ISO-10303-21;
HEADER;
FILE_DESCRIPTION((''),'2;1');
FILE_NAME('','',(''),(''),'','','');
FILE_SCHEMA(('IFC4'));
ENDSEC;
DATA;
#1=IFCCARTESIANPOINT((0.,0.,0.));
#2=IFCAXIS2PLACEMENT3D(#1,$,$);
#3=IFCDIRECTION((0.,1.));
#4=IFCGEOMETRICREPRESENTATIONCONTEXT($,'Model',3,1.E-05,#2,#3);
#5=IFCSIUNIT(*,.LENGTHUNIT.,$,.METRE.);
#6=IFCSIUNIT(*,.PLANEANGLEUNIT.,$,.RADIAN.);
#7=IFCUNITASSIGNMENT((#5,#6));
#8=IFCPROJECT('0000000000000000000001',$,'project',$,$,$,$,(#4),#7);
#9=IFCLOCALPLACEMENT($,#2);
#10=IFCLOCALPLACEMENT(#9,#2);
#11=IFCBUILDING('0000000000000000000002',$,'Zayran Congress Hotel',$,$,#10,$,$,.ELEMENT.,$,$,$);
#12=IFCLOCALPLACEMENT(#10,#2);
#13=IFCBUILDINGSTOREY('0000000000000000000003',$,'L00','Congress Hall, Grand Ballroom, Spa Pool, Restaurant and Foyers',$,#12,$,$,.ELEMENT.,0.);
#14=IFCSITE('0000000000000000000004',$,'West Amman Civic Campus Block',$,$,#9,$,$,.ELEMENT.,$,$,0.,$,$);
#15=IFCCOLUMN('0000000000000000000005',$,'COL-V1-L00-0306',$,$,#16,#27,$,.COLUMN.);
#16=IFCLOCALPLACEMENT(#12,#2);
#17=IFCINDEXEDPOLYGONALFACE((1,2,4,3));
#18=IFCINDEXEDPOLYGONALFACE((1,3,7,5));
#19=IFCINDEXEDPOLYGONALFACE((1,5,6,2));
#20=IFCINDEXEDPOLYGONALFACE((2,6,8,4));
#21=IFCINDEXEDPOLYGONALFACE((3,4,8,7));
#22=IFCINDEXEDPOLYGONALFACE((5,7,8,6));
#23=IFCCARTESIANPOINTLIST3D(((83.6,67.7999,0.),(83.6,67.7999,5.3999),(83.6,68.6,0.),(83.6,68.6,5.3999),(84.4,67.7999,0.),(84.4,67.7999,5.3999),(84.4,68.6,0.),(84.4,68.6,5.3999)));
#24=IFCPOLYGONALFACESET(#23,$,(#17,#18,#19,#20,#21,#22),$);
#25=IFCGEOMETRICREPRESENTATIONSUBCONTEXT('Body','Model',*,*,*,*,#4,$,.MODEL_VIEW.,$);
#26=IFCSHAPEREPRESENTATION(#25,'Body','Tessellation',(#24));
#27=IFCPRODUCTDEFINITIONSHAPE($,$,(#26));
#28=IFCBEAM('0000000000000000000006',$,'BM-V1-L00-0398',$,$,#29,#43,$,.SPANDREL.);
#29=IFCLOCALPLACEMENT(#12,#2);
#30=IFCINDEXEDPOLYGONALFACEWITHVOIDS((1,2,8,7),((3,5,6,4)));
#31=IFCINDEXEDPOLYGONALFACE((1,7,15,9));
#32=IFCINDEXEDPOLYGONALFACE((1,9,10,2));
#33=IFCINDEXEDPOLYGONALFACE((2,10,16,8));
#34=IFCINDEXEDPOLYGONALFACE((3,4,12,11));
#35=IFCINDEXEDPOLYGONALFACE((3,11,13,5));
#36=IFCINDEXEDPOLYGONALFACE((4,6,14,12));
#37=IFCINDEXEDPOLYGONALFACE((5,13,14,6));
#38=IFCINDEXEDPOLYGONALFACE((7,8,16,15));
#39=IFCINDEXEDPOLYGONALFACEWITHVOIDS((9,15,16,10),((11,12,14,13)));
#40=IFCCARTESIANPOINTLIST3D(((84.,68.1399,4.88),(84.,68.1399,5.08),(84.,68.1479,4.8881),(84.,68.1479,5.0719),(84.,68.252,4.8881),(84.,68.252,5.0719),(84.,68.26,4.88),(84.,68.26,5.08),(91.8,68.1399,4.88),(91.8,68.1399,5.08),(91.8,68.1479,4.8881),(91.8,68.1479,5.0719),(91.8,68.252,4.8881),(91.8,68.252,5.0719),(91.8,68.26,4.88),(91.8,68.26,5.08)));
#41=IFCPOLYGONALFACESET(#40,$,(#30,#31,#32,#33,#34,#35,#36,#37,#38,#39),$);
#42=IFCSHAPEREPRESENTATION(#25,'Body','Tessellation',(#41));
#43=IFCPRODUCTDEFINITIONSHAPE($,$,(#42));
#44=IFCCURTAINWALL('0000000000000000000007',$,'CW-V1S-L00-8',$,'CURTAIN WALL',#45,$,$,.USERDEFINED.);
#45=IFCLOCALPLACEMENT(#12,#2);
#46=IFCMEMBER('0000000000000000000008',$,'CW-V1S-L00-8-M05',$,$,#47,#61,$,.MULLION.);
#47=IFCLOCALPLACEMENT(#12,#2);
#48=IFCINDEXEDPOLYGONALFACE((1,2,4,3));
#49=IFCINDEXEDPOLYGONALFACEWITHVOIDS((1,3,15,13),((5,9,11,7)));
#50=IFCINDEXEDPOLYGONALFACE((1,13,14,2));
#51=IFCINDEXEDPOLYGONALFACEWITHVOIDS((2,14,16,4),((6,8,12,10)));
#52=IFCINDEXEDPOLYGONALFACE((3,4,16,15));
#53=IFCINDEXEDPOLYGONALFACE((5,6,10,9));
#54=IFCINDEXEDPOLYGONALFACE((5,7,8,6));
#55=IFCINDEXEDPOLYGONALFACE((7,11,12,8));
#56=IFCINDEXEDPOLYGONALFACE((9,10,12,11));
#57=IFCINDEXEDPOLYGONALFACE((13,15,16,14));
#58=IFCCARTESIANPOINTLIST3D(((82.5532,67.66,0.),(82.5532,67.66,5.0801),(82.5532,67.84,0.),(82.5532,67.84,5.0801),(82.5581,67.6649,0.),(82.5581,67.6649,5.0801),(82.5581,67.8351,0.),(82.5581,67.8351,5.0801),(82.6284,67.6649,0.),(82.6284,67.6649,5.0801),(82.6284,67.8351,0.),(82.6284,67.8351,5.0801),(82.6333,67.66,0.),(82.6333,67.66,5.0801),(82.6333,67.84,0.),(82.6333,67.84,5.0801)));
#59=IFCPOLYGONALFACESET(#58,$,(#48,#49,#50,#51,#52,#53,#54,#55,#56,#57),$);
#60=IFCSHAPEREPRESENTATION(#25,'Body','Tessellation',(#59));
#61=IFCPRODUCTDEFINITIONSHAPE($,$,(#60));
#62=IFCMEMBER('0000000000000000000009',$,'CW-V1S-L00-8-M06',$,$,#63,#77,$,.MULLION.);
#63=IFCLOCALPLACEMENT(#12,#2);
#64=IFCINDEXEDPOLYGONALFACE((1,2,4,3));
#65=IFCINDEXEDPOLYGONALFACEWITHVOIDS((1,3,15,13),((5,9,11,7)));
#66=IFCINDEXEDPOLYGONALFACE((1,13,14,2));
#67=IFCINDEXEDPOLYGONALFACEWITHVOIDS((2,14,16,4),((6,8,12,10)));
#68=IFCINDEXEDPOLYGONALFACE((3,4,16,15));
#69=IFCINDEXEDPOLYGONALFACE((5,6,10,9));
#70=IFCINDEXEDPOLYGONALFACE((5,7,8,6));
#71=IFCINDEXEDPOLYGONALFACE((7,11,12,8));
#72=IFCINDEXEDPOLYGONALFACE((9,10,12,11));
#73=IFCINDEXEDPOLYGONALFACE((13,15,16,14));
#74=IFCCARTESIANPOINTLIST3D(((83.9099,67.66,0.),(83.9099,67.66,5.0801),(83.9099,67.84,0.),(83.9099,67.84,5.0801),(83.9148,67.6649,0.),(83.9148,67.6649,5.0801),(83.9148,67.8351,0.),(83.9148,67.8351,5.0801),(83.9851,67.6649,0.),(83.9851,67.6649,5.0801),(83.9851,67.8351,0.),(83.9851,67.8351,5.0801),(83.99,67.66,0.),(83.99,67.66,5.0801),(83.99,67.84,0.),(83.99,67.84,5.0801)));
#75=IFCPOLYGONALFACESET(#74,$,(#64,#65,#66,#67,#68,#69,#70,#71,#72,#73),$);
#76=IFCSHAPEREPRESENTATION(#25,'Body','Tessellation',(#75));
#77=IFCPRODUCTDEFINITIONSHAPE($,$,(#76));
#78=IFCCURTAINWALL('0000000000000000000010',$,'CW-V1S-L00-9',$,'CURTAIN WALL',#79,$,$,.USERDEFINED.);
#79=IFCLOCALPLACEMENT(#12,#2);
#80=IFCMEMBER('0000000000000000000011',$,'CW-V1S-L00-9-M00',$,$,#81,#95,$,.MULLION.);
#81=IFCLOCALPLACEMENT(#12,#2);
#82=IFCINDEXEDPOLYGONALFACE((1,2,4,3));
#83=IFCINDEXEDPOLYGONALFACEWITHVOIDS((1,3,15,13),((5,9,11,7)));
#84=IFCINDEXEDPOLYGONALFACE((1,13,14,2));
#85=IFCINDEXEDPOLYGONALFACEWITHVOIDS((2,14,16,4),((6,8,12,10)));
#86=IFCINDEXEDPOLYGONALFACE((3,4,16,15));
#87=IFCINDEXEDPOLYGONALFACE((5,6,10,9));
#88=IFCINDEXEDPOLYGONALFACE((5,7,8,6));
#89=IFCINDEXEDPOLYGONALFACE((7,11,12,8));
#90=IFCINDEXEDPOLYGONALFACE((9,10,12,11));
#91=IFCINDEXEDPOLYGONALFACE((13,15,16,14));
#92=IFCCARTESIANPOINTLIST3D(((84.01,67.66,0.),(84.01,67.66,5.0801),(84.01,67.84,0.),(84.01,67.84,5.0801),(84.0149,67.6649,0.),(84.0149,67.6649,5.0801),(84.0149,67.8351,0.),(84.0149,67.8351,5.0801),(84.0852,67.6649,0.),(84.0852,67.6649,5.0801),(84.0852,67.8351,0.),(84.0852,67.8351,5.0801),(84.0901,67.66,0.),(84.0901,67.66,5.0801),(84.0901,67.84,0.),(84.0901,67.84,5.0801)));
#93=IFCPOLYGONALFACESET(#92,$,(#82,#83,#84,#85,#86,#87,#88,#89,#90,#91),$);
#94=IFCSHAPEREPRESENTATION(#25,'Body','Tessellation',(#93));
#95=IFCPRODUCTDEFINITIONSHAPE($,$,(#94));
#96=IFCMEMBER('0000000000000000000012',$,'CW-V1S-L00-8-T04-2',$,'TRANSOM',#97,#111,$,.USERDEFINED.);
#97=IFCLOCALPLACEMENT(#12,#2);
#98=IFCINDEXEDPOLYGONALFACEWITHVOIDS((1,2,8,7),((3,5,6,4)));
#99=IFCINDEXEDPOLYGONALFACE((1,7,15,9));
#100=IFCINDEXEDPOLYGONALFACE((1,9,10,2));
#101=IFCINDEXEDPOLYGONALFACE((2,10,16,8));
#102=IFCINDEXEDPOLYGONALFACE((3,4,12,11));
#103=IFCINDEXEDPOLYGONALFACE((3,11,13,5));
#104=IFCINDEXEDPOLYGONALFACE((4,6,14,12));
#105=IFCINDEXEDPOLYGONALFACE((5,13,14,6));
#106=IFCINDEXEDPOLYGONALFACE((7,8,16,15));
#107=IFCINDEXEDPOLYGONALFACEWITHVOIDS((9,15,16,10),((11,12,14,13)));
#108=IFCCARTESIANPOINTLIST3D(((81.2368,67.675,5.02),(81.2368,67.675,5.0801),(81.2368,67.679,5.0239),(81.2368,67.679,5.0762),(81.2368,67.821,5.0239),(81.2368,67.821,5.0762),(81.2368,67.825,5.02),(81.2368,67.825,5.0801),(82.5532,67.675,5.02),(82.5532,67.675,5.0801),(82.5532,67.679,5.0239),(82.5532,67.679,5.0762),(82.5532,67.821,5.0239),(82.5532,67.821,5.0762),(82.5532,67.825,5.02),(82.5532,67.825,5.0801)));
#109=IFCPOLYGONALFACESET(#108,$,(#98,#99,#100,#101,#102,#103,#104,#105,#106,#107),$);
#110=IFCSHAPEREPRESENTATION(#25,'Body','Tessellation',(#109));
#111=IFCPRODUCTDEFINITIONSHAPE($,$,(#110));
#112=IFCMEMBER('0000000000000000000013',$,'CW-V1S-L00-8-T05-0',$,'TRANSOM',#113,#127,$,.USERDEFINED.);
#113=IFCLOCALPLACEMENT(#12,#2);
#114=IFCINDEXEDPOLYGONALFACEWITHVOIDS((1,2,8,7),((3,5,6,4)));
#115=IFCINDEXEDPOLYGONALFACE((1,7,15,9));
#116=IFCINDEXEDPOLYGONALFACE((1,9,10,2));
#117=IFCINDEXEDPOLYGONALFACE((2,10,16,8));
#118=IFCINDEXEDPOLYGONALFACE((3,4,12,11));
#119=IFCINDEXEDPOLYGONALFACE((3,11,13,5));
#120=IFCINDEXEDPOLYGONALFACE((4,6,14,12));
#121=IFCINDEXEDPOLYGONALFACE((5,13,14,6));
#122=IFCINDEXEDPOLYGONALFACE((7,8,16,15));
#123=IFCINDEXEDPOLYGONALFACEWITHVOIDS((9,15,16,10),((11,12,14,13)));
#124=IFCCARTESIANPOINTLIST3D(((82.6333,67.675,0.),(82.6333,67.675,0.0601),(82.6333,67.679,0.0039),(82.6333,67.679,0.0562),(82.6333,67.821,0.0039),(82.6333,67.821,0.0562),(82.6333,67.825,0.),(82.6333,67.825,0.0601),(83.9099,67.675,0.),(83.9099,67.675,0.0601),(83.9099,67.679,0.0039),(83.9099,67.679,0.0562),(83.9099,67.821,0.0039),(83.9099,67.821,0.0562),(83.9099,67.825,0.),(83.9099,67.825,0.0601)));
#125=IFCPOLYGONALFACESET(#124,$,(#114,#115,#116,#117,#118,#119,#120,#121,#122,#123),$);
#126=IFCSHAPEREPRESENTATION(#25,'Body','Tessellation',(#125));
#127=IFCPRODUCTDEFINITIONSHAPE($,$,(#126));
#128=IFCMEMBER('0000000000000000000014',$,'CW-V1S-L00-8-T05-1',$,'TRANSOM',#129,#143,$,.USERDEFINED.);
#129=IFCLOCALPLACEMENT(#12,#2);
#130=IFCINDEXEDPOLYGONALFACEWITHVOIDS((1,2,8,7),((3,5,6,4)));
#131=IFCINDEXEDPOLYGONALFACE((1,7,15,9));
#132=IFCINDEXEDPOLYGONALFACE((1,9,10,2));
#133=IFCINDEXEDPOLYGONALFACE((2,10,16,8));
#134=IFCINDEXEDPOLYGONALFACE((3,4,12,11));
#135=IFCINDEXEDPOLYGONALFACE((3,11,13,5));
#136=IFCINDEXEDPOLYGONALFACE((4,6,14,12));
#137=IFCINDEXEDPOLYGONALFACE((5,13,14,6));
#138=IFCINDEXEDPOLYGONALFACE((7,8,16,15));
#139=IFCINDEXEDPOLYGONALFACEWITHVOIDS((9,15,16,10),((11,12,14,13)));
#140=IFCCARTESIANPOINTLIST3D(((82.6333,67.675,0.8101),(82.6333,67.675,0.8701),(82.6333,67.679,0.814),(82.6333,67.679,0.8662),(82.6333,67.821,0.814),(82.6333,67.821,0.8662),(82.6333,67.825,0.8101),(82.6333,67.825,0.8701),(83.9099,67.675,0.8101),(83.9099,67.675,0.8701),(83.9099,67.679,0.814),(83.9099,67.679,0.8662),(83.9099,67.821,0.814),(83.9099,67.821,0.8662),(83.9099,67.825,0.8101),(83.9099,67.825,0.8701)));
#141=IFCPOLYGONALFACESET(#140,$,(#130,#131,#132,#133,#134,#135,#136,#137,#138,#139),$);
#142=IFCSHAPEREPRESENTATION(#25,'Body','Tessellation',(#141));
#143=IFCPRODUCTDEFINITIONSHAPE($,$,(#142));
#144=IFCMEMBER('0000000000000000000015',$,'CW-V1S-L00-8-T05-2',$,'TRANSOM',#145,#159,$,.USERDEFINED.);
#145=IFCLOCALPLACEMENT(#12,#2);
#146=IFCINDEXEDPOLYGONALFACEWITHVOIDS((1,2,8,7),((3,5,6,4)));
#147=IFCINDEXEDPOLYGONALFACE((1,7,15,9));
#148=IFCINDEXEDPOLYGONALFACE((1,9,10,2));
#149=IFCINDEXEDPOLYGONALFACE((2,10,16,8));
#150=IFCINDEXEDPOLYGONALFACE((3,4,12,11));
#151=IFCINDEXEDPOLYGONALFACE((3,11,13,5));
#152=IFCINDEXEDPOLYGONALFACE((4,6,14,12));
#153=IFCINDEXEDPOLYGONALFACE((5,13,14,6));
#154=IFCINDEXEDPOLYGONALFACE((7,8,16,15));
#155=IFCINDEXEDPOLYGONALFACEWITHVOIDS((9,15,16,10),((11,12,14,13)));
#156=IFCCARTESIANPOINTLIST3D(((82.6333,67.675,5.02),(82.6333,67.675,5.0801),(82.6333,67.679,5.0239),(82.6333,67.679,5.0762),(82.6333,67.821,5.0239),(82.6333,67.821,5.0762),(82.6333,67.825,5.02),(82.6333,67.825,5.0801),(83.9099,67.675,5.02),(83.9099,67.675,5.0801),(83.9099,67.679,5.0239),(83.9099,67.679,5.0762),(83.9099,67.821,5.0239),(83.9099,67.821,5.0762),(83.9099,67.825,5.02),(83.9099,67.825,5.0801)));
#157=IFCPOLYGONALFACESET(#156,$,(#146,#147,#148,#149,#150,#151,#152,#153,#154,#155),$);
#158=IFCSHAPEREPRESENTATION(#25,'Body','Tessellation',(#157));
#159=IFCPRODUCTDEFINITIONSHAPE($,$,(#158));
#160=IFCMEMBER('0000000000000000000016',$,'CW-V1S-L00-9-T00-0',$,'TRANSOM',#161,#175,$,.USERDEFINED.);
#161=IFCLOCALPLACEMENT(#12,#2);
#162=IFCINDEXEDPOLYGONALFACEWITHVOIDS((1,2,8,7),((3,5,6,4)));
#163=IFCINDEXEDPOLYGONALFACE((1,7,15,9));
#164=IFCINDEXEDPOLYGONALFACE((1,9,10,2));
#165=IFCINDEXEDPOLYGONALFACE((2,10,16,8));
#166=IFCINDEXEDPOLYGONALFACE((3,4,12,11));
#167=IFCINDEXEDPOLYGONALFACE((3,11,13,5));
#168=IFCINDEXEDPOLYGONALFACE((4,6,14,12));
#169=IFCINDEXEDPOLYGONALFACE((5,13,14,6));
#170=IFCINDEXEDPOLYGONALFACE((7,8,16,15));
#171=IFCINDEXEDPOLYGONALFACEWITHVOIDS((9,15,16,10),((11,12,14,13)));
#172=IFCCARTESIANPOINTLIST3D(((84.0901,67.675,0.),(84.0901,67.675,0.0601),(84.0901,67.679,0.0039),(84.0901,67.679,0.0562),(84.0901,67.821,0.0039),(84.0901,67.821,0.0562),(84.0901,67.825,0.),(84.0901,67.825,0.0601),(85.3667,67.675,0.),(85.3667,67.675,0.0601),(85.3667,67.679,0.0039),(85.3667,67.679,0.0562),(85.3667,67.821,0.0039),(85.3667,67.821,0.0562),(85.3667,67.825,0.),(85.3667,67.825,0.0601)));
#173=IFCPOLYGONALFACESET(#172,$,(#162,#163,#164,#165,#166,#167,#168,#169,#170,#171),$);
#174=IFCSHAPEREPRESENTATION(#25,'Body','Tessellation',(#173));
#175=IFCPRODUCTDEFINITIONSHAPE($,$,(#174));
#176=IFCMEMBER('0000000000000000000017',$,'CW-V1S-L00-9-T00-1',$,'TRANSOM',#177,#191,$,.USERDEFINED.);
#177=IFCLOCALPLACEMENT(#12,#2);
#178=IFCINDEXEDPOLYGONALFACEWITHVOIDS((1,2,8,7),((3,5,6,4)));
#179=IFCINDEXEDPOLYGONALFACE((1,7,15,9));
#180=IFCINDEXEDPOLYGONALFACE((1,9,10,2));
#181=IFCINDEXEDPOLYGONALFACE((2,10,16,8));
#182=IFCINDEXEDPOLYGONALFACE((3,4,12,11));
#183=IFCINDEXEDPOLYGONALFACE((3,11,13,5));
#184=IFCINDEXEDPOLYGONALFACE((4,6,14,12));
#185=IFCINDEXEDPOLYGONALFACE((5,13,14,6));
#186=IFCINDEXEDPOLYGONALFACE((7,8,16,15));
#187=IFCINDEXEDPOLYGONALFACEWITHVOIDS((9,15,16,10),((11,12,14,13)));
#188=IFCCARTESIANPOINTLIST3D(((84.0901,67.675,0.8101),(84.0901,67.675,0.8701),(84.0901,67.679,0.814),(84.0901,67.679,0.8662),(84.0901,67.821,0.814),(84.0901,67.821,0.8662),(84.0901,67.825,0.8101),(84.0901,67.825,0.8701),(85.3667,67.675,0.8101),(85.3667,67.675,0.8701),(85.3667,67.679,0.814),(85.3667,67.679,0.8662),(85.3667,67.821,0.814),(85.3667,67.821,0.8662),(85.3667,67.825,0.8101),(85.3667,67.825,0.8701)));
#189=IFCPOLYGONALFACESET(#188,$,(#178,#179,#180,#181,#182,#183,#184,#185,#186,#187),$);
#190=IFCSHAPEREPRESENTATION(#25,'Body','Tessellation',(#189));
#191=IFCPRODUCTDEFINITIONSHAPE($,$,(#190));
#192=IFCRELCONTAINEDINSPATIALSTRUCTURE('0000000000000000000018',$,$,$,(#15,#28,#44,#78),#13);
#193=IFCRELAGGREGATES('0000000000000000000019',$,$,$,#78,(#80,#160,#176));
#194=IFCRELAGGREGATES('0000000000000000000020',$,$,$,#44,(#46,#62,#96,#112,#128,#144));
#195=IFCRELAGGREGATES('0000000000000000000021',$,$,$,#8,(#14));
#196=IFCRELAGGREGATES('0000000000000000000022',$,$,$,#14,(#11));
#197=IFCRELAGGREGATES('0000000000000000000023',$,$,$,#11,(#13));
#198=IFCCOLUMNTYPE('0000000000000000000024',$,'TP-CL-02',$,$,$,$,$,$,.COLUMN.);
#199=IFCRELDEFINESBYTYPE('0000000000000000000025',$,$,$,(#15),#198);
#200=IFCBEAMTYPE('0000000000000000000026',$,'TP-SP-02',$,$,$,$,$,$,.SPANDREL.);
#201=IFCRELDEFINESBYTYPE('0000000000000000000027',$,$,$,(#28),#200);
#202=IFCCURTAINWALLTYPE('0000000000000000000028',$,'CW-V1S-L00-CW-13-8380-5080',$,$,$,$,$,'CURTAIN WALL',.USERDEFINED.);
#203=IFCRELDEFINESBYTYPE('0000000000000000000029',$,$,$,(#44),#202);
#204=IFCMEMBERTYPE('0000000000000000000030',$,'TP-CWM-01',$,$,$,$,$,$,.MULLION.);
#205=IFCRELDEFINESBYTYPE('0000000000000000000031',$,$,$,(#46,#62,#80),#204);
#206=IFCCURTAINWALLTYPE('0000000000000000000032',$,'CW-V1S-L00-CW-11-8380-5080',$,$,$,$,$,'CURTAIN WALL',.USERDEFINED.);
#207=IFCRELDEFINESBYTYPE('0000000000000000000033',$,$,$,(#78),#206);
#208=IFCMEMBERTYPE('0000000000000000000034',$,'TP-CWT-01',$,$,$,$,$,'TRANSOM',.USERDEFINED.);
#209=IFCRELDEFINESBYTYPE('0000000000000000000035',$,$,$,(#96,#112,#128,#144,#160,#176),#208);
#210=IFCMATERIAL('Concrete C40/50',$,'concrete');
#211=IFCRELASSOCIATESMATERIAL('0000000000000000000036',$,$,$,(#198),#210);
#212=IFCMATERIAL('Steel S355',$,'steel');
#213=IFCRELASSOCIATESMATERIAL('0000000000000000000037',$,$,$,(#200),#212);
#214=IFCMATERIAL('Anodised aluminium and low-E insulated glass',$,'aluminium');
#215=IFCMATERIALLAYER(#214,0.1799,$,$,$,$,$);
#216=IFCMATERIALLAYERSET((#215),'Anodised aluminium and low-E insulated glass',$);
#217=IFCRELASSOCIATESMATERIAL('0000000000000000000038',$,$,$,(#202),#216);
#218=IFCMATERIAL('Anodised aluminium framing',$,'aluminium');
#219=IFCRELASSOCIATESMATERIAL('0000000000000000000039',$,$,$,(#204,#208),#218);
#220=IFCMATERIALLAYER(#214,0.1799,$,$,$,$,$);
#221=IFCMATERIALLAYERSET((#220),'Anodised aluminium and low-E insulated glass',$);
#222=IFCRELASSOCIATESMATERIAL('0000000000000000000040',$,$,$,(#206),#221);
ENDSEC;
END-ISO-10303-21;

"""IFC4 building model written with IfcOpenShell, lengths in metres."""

from ifc_helpers import new_model, si_unit, direction, frame, origin, origin_2d, place, context, subcontext, project, spatial, rectangle, hollow_rectangle, extrude, material, layer, layer_set, material_profile, profile_set, type_object, element, aggregate, save


model = new_model("IFC4")

# Units and contexts
model_context = context("Model", 3, precision=1e-05, world=origin(), true_north=direction((0.0, 1.0)))
body_context = subcontext(model_context, "Body", "Model", "MODEL_VIEW")
ifc_project = project(units=[si_unit("LENGTHUNIT", "METRE"), si_unit("PLANEANGLEUNIT", "RADIAN")], contexts=[model_context])

# Site, building, storey
site_placement = place(None, origin())
site = spatial("IfcSite", under=ifc_project, at=site_placement, Name="West Amman Civic Campus Block", CompositionType="ELEMENT", RefElevation=0.0)
building_placement = place(site_placement, origin())
building = spatial("IfcBuilding", under=site, at=building_placement, Name="Zayran Congress Hotel", CompositionType="ELEMENT")
storey_placement = place(building_placement, origin())
storey = spatial("IfcBuildingStorey", under=building, at=storey_placement, Name="L00", Description="Congress Hall, Grand Ballroom, Spa Pool, Restaurant and Foyers", CompositionType="ELEMENT", Elevation=0.0)

# Column
ifc_material_1 = material(Name="Concrete C40/50", Category="concrete")
ifc_material_profile_1 = material_profile(ifc_material_1, rectangle(XDim=0.8, YDim=0.8, at=origin_2d()), Name="RC 800x800")
ifc_profile_set_1 = profile_set([ifc_material_profile_1], Name="Concrete C40/50")
column_type = type_object("IfcColumnType", Name="TP-CL-02", PredefinedType="COLUMN", material=ifc_profile_set_1)
column_placement = place(storey_placement, frame((84.0, 68.2, 0.0), z_axis=(0.0, 0.0, 1.0), x_axis=(1.0, 0.0, 0.0)))
element("IfcColumn", 1, at=column_placement, inside=storey, type_object=column_type, Name="COL-V1-L00-0306", PredefinedType="COLUMN", context=body_context, shape_type="SweptSolid", body=[
    extrude(rectangle(XDim=0.8, YDim=0.8, at=origin_2d()), origin(), (0.0, 0.0, 1.0), 5.3999),
])

# Beam
ifc_material_2 = material(Name="Steel S355", Category="steel")
ifc_material_profile_2 = material_profile(ifc_material_2, hollow_rectangle(XDim=0.1201, YDim=0.2, WallThickness=0.0081, at=origin_2d()), Name="RHS 200x120x8")
ifc_profile_set_2 = profile_set([ifc_material_profile_2], Name="Steel S355")
beam_type = type_object("IfcBeamType", Name="TP-SP-02", PredefinedType="SPANDREL", material=ifc_profile_set_2)
beam_placement = place(storey_placement, frame((84.0, 68.2, 4.98), z_axis=(1.0, 0.0, 0.0), x_axis=(0.0, 1.0, 0.0)))
element("IfcBeam", 2, at=beam_placement, inside=storey, type_object=beam_type, Name="BM-V1-L00-0398", PredefinedType="SPANDREL", context=body_context, shape_type="SweptSolid", body=[
    extrude(hollow_rectangle(XDim=0.1201, YDim=0.2, WallThickness=0.0081, at=origin_2d()), origin(), (0.0, 0.0, 1.0), 7.8),
])

# Curtain wall, members
ifc_material_3 = material(Name="Anodised aluminium and low-E insulated glass", Category="aluminium")
ifc_layer_1 = layer(ifc_material_3, 0.1799)
ifc_layer_set_1 = layer_set([ifc_layer_1], Name="Anodised aluminium and low-E insulated glass")
curtain_wall_type_1 = type_object("IfcCurtainWallType", Name="CW-V1S-L00-CW-13-8380-5080", ElementType="CURTAIN WALL", PredefinedType="USERDEFINED", material=ifc_layer_set_1)
curtain_wall_1_placement = place(storey_placement, origin())
curtain_wall_1 = element("IfcCurtainWall", 3, at=curtain_wall_1_placement, inside=storey, type_object=curtain_wall_type_1, Name="CW-V1S-L00-8", ObjectType="CURTAIN WALL", PredefinedType="USERDEFINED")
ifc_material_4 = material(Name="Anodised aluminium framing", Category="aluminium")
ifc_material_profile_3 = material_profile(ifc_material_4, hollow_rectangle(XDim=0.0801, YDim=0.1799, WallThickness=0.0049, at=origin_2d()), Name="RHS 180x80x5")
ifc_profile_set_3 = profile_set([ifc_material_profile_3], Name="Anodised aluminium framing")
member_type_1 = type_object("IfcMemberType", Name="TP-CWM-01", PredefinedType="MULLION", material=ifc_profile_set_3)
member_1_placement = place(storey_placement, frame((82.5933, 67.75, 0.0), z_axis=(0.0, 0.0, 1.0), x_axis=(1.0, 0.0, 0.0)))
member_1 = element("IfcMember", 4, at=member_1_placement, type_object=member_type_1, Name="CW-V1S-L00-8-M05", PredefinedType="MULLION", context=body_context, shape_type="SweptSolid", body=[
    extrude(hollow_rectangle(XDim=0.0801, YDim=0.1799, WallThickness=0.0049, at=origin_2d()), origin(), (0.0, 0.0, 1.0), 5.0801),
])
member_2_placement = place(storey_placement, frame((83.95, 67.75, 0.0), z_axis=(0.0, 0.0, 1.0), x_axis=(1.0, 0.0, 0.0)))
member_2 = element("IfcMember", 5, at=member_2_placement, type_object=member_type_1, Name="CW-V1S-L00-8-M06", PredefinedType="MULLION", context=body_context, shape_type="SweptSolid", body=[
    extrude(hollow_rectangle(XDim=0.0801, YDim=0.1799, WallThickness=0.0049, at=origin_2d()), origin(), (0.0, 0.0, 1.0), 5.0801),
])

# Curtain wall, member
ifc_layer_2 = layer(ifc_material_3, 0.1799)
ifc_layer_set_2 = layer_set([ifc_layer_2], Name="Anodised aluminium and low-E insulated glass")
curtain_wall_type_2 = type_object("IfcCurtainWallType", Name="CW-V1S-L00-CW-11-8380-5080", ElementType="CURTAIN WALL", PredefinedType="USERDEFINED", material=ifc_layer_set_2)
curtain_wall_2_placement = place(storey_placement, origin())
curtain_wall_2 = element("IfcCurtainWall", 6, at=curtain_wall_2_placement, inside=storey, type_object=curtain_wall_type_2, Name="CW-V1S-L00-9", ObjectType="CURTAIN WALL", PredefinedType="USERDEFINED")
member_3_placement = place(storey_placement, frame((84.05, 67.75, 0.0), z_axis=(0.0, 0.0, 1.0), x_axis=(1.0, 0.0, 0.0)))
member_3 = element("IfcMember", 7, at=member_3_placement, type_object=member_type_1, Name="CW-V1S-L00-9-M00", PredefinedType="MULLION", context=body_context, shape_type="SweptSolid", body=[
    extrude(hollow_rectangle(XDim=0.0801, YDim=0.1799, WallThickness=0.0049, at=origin_2d()), origin(), (0.0, 0.0, 1.0), 5.0801),
])

# Members
ifc_material_profile_4 = material_profile(ifc_material_4, hollow_rectangle(XDim=0.0601, YDim=0.1499, WallThickness=0.0039, at=origin_2d()), Name="RHS 150x60x4")
ifc_profile_set_4 = profile_set([ifc_material_profile_4], Name="Anodised aluminium framing")
member_type_2 = type_object("IfcMemberType", Name="TP-CWT-01", ElementType="TRANSOM", PredefinedType="USERDEFINED", material=ifc_profile_set_4)
member_4_placement = place(storey_placement, frame((81.2368, 67.75, 5.05), z_axis=(1.0, 0.0, 0.0), x_axis=(0.0, 0.0, 1.0)))
member_4 = element("IfcMember", 8, at=member_4_placement, type_object=member_type_2, Name="CW-V1S-L00-8-T04-2", ObjectType="TRANSOM", PredefinedType="USERDEFINED", context=body_context, shape_type="SweptSolid", body=[
    extrude(hollow_rectangle(XDim=0.0601, YDim=0.1499, WallThickness=0.0039, at=origin_2d()), origin(), (0.0, 0.0, 1.0), 1.3164),
])
member_5_placement = place(storey_placement, frame((82.6333, 67.75, 0.03), z_axis=(1.0, 0.0, 0.0), x_axis=(0.0, 0.0, 1.0)))
member_5 = element("IfcMember", 9, at=member_5_placement, type_object=member_type_2, Name="CW-V1S-L00-8-T05-0", ObjectType="TRANSOM", PredefinedType="USERDEFINED", context=body_context, shape_type="SweptSolid", body=[
    extrude(hollow_rectangle(XDim=0.0601, YDim=0.1499, WallThickness=0.0039, at=origin_2d()), origin(), (0.0, 0.0, 1.0), 1.2766),
])
member_6_placement = place(storey_placement, frame((82.6333, 67.75, 0.8401), z_axis=(1.0, 0.0, 0.0), x_axis=(0.0, 0.0, 1.0)))
member_6 = element("IfcMember", 10, at=member_6_placement, type_object=member_type_2, Name="CW-V1S-L00-8-T05-1", ObjectType="TRANSOM", PredefinedType="USERDEFINED", context=body_context, shape_type="SweptSolid", body=[
    extrude(hollow_rectangle(XDim=0.0601, YDim=0.1499, WallThickness=0.0039, at=origin_2d()), origin(), (0.0, 0.0, 1.0), 1.2766),
])
member_7_placement = place(storey_placement, frame((82.6333, 67.75, 5.05), z_axis=(1.0, 0.0, 0.0), x_axis=(0.0, 0.0, 1.0)))
member_7 = element("IfcMember", 11, at=member_7_placement, type_object=member_type_2, Name="CW-V1S-L00-8-T05-2", ObjectType="TRANSOM", PredefinedType="USERDEFINED", context=body_context, shape_type="SweptSolid", body=[
    extrude(hollow_rectangle(XDim=0.0601, YDim=0.1499, WallThickness=0.0039, at=origin_2d()), origin(), (0.0, 0.0, 1.0), 1.2766),
])
member_8_placement = place(storey_placement, frame((84.0901, 67.75, 0.03), z_axis=(1.0, 0.0, 0.0), x_axis=(0.0, 0.0, 1.0)))
member_8 = element("IfcMember", 12, at=member_8_placement, type_object=member_type_2, Name="CW-V1S-L00-9-T00-0", ObjectType="TRANSOM", PredefinedType="USERDEFINED", context=body_context, shape_type="SweptSolid", body=[
    extrude(hollow_rectangle(XDim=0.0601, YDim=0.1499, WallThickness=0.0039, at=origin_2d()), origin(), (0.0, 0.0, 1.0), 1.2766),
])
member_9_placement = place(storey_placement, frame((84.0901, 67.75, 0.8401), z_axis=(1.0, 0.0, 0.0), x_axis=(0.0, 0.0, 1.0)))
member_9 = element("IfcMember", 13, at=member_9_placement, type_object=member_type_2, Name="CW-V1S-L00-9-T00-1", ObjectType="TRANSOM", PredefinedType="USERDEFINED", context=body_context, shape_type="SweptSolid", body=[
    extrude(hollow_rectangle(XDim=0.0601, YDim=0.1499, WallThickness=0.0039, at=origin_2d()), origin(), (0.0, 0.0, 1.0), 1.2766),
])
aggregate(curtain_wall_2, [member_3, member_8, member_9])

aggregate(curtain_wall_1, [member_1, member_2, member_4, member_5, member_6, member_7])

save(model, "model.ifc")
